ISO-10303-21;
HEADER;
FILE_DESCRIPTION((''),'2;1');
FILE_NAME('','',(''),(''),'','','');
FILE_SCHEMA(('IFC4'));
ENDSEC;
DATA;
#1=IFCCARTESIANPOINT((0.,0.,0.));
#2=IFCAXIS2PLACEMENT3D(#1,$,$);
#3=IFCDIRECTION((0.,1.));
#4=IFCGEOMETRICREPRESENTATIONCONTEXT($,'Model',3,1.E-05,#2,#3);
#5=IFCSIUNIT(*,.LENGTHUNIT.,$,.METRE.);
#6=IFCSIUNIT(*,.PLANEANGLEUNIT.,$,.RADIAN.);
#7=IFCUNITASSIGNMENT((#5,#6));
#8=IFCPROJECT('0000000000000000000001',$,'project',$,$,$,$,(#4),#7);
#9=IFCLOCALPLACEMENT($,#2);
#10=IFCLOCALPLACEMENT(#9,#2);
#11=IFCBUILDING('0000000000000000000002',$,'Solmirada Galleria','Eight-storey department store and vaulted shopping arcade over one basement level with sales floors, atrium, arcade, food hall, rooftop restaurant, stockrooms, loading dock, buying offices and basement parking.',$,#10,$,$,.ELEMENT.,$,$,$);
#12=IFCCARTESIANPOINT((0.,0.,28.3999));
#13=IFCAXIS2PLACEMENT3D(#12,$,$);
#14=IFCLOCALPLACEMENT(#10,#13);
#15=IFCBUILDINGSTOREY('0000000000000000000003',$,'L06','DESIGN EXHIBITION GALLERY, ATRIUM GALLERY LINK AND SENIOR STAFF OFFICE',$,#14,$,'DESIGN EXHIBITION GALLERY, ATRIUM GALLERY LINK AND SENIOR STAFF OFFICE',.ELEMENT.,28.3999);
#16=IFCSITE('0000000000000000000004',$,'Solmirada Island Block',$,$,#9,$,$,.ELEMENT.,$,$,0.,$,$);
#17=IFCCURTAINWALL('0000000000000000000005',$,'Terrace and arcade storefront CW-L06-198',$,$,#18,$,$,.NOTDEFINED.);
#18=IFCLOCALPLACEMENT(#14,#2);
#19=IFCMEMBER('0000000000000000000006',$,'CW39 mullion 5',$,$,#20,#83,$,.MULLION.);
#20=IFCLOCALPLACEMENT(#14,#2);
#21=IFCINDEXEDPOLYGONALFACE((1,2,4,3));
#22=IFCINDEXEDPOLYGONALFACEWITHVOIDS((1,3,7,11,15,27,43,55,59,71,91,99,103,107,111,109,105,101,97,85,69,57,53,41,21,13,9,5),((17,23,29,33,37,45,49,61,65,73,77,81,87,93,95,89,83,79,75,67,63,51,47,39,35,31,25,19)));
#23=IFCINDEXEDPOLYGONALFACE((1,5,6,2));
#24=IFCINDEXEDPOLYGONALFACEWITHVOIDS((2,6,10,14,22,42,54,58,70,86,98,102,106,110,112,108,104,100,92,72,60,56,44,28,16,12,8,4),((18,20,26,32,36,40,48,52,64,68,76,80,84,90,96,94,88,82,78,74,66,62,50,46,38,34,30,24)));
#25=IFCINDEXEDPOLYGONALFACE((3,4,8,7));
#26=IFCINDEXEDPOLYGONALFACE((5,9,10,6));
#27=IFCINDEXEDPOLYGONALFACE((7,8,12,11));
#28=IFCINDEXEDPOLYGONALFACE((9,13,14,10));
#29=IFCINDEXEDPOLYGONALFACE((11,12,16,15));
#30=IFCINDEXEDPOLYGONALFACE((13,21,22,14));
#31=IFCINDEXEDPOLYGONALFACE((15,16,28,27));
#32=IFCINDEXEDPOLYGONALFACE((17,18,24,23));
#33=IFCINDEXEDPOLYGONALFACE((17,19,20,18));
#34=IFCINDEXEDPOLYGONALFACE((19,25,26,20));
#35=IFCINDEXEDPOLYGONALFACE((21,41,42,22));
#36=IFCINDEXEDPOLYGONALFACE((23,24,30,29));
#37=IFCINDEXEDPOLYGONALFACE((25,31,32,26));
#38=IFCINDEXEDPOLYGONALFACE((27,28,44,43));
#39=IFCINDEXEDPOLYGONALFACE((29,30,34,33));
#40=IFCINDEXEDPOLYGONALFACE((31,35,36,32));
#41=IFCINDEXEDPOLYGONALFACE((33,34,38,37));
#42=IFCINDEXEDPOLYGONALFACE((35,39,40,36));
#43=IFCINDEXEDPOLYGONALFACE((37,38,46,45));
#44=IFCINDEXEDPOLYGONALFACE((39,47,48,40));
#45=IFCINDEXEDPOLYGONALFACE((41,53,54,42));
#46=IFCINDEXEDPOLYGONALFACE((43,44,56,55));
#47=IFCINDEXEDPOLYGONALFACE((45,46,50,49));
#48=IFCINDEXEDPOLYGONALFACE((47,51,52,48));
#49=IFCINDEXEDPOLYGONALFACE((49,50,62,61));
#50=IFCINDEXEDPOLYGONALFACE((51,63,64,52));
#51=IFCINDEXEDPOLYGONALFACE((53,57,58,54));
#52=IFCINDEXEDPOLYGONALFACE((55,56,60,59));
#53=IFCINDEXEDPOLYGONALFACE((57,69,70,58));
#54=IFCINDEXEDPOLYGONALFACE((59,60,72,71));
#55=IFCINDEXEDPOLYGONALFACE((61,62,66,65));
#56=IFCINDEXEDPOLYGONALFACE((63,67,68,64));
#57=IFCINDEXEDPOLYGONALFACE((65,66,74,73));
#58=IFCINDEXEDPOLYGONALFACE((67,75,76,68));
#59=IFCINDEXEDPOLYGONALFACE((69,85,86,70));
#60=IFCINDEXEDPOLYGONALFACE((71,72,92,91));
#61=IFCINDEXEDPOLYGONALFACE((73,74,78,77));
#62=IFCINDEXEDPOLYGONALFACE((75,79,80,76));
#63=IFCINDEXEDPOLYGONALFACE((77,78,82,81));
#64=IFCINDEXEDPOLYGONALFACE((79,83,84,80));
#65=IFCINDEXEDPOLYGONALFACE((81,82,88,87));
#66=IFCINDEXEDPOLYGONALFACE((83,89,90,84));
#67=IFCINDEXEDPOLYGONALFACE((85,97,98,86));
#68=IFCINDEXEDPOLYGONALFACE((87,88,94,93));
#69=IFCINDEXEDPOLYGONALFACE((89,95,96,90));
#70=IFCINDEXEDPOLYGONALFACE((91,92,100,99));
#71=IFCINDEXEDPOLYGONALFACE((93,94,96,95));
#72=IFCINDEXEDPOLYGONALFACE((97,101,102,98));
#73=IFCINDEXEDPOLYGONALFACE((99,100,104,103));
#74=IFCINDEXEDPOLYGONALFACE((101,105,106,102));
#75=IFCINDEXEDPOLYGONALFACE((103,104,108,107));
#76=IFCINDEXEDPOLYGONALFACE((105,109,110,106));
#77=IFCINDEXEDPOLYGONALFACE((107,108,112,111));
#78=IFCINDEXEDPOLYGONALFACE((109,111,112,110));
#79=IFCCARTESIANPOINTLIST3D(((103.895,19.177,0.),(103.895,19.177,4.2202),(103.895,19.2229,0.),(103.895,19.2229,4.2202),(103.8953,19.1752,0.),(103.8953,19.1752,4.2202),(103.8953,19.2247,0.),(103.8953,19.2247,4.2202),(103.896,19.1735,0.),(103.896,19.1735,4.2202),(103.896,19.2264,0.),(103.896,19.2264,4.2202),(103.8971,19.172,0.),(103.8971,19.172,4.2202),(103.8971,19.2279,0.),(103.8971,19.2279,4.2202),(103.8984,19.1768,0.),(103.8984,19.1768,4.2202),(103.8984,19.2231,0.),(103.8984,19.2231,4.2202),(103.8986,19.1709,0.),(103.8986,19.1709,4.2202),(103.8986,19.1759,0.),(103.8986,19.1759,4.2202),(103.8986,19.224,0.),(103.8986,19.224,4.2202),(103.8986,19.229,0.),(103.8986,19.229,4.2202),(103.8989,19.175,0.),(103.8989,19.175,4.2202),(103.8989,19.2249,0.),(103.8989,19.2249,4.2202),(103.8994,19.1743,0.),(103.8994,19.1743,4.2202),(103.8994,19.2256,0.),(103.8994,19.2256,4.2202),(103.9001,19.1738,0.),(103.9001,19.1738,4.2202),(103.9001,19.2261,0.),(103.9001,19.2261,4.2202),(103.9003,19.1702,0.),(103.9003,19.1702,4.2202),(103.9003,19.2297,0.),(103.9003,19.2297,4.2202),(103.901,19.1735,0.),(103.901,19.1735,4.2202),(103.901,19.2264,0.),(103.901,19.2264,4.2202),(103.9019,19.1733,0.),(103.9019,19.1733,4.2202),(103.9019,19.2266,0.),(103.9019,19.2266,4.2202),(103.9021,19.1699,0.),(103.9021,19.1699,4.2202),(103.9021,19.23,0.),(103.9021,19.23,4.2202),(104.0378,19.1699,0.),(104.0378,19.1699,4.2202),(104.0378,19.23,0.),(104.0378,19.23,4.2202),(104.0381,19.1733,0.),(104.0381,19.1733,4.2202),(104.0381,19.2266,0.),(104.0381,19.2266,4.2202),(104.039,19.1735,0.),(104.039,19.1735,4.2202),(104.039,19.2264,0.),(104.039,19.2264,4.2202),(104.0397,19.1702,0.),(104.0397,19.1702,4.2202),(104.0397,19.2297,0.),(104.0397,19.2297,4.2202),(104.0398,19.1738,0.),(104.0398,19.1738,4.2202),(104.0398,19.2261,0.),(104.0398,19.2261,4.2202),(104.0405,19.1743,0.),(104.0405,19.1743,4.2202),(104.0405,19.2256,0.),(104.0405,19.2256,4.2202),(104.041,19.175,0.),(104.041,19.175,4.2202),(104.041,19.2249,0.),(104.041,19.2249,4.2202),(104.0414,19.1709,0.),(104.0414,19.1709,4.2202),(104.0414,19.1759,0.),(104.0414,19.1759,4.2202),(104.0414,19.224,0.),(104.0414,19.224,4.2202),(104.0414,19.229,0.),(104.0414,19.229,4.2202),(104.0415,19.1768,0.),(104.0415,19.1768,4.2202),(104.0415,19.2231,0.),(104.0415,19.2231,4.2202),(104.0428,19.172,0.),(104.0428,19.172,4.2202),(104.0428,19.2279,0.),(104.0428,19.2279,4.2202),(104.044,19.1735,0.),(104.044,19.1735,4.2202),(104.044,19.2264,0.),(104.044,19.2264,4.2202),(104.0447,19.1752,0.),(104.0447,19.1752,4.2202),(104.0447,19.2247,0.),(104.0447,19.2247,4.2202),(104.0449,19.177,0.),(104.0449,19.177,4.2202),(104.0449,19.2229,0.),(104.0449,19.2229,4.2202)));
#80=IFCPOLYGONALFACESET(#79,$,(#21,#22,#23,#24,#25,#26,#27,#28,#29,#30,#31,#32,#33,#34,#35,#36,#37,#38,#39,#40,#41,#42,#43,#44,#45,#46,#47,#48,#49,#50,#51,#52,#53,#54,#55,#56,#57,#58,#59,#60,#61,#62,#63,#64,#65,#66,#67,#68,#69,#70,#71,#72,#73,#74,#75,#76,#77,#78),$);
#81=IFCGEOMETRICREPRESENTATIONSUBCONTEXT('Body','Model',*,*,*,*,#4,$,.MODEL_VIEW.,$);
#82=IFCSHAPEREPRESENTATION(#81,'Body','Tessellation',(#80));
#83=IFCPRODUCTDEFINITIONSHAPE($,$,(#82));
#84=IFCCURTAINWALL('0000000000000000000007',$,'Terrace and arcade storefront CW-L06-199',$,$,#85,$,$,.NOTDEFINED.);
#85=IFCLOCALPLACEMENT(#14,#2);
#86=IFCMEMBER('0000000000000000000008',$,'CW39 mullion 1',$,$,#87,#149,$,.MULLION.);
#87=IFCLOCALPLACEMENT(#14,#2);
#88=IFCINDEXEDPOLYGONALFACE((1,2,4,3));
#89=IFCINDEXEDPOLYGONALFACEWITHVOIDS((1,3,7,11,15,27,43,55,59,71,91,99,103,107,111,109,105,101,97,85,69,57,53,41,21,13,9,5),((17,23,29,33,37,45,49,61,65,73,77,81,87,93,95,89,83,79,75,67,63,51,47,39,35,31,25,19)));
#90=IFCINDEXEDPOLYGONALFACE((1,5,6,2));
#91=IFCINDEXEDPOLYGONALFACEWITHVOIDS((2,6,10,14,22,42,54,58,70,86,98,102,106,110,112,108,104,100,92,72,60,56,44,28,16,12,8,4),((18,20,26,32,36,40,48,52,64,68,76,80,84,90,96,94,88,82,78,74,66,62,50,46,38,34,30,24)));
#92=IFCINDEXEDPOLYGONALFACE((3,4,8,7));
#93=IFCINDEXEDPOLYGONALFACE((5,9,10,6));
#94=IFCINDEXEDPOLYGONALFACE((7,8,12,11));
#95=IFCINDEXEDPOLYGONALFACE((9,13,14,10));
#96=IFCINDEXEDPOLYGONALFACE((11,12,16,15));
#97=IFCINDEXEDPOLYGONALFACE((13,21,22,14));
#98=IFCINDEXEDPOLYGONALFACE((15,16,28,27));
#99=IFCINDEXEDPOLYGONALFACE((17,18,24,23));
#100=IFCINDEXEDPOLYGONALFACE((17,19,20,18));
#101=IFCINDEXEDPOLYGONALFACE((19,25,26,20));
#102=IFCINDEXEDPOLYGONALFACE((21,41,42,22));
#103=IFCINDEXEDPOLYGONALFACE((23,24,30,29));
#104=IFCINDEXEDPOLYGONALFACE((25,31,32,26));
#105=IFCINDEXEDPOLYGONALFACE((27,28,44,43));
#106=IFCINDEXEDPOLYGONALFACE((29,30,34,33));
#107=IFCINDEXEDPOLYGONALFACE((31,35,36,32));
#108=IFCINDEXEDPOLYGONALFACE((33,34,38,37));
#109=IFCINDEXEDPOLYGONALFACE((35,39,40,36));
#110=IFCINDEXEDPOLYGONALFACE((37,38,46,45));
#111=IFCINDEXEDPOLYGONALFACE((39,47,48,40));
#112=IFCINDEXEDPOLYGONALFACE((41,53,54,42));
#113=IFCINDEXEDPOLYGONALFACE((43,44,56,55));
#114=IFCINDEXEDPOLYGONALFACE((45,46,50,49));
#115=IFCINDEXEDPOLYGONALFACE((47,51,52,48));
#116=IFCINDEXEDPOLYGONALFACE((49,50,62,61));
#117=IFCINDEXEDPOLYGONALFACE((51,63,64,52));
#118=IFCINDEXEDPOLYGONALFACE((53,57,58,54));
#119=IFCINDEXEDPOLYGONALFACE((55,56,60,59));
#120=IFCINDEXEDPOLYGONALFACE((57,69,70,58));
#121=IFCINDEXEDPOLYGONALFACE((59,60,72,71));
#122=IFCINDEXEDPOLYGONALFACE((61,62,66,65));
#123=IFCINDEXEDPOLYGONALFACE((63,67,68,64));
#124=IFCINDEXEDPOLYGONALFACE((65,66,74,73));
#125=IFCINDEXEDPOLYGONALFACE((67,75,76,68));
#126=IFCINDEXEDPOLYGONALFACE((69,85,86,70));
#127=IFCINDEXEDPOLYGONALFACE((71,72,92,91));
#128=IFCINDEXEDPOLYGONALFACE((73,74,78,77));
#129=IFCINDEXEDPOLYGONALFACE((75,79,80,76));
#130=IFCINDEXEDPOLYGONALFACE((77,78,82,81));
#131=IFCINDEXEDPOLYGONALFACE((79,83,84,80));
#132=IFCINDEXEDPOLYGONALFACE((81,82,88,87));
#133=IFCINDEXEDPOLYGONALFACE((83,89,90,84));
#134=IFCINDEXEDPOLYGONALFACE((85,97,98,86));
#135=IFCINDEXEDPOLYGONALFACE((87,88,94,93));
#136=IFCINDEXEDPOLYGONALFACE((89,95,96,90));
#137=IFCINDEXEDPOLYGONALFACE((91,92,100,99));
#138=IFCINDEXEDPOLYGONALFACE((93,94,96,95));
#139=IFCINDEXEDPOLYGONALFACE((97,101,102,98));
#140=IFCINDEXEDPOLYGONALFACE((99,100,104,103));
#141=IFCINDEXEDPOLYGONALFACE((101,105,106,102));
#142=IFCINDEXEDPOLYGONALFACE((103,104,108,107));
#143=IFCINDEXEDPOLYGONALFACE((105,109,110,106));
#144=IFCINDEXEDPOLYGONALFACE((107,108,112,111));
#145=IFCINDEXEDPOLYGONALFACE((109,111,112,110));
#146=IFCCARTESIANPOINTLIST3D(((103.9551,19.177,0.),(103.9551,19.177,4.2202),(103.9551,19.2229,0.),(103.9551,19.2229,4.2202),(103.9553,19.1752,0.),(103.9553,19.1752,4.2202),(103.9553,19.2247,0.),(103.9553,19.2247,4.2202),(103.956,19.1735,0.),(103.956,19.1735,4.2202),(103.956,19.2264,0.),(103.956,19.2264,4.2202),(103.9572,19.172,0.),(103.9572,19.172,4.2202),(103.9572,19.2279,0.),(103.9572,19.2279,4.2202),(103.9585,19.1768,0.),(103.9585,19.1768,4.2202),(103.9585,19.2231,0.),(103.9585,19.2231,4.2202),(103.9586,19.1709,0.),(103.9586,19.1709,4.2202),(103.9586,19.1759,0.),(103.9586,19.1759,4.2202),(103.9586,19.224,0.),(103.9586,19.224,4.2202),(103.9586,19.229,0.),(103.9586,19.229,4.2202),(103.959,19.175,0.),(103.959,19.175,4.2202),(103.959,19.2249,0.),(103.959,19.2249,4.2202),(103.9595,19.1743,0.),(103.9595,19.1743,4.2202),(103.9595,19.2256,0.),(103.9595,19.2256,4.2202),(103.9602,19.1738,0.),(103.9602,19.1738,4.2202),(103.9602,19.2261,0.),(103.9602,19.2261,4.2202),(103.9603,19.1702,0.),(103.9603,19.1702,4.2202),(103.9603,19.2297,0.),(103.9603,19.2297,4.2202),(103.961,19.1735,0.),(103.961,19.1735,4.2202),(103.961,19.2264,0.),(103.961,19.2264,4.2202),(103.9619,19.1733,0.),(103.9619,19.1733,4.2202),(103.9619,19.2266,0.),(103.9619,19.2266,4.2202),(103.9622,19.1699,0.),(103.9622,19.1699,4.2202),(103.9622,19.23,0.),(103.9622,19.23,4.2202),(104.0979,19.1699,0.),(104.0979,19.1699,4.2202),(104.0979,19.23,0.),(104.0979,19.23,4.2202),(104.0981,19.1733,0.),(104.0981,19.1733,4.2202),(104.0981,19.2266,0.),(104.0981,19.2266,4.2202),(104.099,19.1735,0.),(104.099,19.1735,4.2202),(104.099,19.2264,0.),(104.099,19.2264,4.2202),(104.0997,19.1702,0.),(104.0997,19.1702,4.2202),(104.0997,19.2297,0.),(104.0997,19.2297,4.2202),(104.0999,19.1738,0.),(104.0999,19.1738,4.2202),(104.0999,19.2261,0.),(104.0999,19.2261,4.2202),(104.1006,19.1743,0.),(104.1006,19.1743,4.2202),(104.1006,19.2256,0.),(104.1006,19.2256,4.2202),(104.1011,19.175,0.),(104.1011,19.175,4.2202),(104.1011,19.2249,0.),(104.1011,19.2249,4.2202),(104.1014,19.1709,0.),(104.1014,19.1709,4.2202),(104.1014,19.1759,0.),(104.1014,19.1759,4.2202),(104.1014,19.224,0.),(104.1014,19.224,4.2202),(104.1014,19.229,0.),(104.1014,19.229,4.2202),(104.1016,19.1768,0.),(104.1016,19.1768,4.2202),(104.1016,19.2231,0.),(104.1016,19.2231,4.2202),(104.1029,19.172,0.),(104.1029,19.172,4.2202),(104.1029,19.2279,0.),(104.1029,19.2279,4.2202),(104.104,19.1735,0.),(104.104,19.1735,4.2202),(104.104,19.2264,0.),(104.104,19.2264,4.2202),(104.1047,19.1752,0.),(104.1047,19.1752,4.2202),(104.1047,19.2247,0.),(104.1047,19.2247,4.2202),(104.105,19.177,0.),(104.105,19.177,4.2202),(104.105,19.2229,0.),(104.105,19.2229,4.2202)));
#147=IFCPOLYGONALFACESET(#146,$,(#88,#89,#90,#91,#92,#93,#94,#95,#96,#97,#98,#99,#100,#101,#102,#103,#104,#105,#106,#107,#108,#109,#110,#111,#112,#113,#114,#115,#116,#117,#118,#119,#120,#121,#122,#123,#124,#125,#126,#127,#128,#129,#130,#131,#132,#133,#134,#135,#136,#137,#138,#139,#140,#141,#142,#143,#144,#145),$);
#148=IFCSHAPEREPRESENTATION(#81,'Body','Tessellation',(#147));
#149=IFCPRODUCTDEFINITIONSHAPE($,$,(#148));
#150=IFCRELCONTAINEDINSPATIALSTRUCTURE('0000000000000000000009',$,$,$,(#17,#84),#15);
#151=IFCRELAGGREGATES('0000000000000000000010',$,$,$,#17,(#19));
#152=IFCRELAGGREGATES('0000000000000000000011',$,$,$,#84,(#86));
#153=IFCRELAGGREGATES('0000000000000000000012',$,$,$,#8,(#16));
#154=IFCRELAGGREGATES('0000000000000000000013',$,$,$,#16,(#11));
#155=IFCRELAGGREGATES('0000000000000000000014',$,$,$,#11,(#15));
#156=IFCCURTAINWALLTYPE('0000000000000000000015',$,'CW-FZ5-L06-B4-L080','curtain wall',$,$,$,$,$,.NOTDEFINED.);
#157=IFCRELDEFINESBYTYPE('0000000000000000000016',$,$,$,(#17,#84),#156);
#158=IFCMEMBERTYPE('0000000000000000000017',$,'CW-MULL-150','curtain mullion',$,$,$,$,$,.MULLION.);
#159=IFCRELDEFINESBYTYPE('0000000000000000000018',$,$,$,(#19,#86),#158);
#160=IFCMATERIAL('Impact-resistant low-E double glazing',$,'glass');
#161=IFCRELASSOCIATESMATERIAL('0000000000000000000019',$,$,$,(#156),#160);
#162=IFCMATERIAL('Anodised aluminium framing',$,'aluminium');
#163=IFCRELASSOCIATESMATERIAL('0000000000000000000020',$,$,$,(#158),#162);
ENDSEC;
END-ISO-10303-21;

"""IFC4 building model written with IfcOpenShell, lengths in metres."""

from ifc_helpers import new_model, si_unit, direction, frame, origin, origin_2d, place, context, subcontext, project, spatial, hollow_rectangle, extrude, material, material_profile, profile_set, type_object, element, aggregate, save


model = new_model("IFC4")

# Units and contexts
model_context = context("Model", 3, precision=1e-05, world=origin(), true_north=direction((0.0, 1.0)))
body_context = subcontext(model_context, "Body", "Model", "MODEL_VIEW")
ifc_project = project(units=[si_unit("LENGTHUNIT", "METRE"), si_unit("PLANEANGLEUNIT", "RADIAN")], contexts=[model_context])

# Site, building, storey
site_placement = place(None, origin())
site = spatial("IfcSite", under=ifc_project, at=site_placement, Name="Solmirada Island Block", CompositionType="ELEMENT", RefElevation=0.0)
building_placement = place(site_placement, origin())
building = spatial("IfcBuilding", under=site, at=building_placement, Name="Solmirada Galleria", Description="Eight-storey department store and vaulted shopping arcade over one basement level with sales floors, atrium, arcade, food hall, rooftop restaurant, stockrooms, loading dock, buying offices and basement parking.", CompositionType="ELEMENT")
storey_placement = place(building_placement, frame((0.0, 0.0, 28.3999)))
storey = spatial("IfcBuildingStorey", under=building, at=storey_placement, Name="L06", Description="DESIGN EXHIBITION GALLERY, ATRIUM GALLERY LINK AND SENIOR STAFF OFFICE", LongName="DESIGN EXHIBITION GALLERY, ATRIUM GALLERY LINK AND SENIOR STAFF OFFICE", CompositionType="ELEMENT", Elevation=28.3999)

# Curtain wall, member
ifc_material_1 = material(Name="Impact-resistant low-E double glazing", Category="glass")
curtain_wall_type = type_object("IfcCurtainWallType", Name="CW-FZ5-L06-B4-L080", Description="curtain wall", PredefinedType="NOTDEFINED", material=ifc_material_1)
curtain_wall_1_placement = place(storey_placement, origin())
curtain_wall_1 = element("IfcCurtainWall", 1, at=curtain_wall_1_placement, inside=storey, type_object=curtain_wall_type, Name="Terrace and arcade storefront CW-L06-198", PredefinedType="NOTDEFINED")
ifc_material_2 = material(Name="Anodised aluminium framing", Category="aluminium")
ifc_material_profile_1 = material_profile(ifc_material_2, hollow_rectangle(XDim=0.0601, YDim=0.1499, WallThickness=0.0034, InnerFilletRadius=0.0034, OuterFilletRadius=0.0071, at=origin_2d()), Name="ALU-MULL-150X60")
ifc_profile_set_1 = profile_set([ifc_material_profile_1], Name="Anodised aluminium framing")
member_type_1 = type_object("IfcMemberType", Name="CW-MULL-150", Description="curtain mullion", PredefinedType="MULLION", material=ifc_profile_set_1)
member_1_placement = place(storey_placement, frame((103.97, 19.2, 0.0), z_axis=(0.0, 0.0, 1.0), x_axis=(0.0, 1.0, 0.0)))
member_1 = element("IfcMember", 2, at=member_1_placement, type_object=member_type_1, Name="CW39 mullion 5", PredefinedType="MULLION", context=body_context, shape_type="SweptSolid", body=[
    extrude(hollow_rectangle(XDim=0.0601, YDim=0.1499, WallThickness=0.0034, InnerFilletRadius=0.0034, OuterFilletRadius=0.0071, at=origin_2d()), origin(), (0.0, 0.0, 1.0), 4.2202),
])

# Curtain wall, member
curtain_wall_2_placement = place(storey_placement, origin())
curtain_wall_2 = element("IfcCurtainWall", 3, at=curtain_wall_2_placement, inside=storey, type_object=curtain_wall_type, Name="Terrace and arcade storefront CW-L06-199", PredefinedType="NOTDEFINED")
member_2_placement = place(storey_placement, frame((104.03, 19.2, 0.0), z_axis=(0.0, 0.0, 1.0), x_axis=(0.0, 1.0, 0.0)))
member_2 = element("IfcMember", 4, at=member_2_placement, type_object=member_type_1, Name="CW39 mullion 1", PredefinedType="MULLION", context=body_context, shape_type="SweptSolid", body=[
    extrude(hollow_rectangle(XDim=0.0601, YDim=0.1499, WallThickness=0.0034, InnerFilletRadius=0.0034, OuterFilletRadius=0.0071, at=origin_2d()), origin(), (0.0, 0.0, 1.0), 4.2202),
])

aggregate(curtain_wall_1, [member_1])
aggregate(curtain_wall_2, [member_2])

save(model, "model.ifc")
